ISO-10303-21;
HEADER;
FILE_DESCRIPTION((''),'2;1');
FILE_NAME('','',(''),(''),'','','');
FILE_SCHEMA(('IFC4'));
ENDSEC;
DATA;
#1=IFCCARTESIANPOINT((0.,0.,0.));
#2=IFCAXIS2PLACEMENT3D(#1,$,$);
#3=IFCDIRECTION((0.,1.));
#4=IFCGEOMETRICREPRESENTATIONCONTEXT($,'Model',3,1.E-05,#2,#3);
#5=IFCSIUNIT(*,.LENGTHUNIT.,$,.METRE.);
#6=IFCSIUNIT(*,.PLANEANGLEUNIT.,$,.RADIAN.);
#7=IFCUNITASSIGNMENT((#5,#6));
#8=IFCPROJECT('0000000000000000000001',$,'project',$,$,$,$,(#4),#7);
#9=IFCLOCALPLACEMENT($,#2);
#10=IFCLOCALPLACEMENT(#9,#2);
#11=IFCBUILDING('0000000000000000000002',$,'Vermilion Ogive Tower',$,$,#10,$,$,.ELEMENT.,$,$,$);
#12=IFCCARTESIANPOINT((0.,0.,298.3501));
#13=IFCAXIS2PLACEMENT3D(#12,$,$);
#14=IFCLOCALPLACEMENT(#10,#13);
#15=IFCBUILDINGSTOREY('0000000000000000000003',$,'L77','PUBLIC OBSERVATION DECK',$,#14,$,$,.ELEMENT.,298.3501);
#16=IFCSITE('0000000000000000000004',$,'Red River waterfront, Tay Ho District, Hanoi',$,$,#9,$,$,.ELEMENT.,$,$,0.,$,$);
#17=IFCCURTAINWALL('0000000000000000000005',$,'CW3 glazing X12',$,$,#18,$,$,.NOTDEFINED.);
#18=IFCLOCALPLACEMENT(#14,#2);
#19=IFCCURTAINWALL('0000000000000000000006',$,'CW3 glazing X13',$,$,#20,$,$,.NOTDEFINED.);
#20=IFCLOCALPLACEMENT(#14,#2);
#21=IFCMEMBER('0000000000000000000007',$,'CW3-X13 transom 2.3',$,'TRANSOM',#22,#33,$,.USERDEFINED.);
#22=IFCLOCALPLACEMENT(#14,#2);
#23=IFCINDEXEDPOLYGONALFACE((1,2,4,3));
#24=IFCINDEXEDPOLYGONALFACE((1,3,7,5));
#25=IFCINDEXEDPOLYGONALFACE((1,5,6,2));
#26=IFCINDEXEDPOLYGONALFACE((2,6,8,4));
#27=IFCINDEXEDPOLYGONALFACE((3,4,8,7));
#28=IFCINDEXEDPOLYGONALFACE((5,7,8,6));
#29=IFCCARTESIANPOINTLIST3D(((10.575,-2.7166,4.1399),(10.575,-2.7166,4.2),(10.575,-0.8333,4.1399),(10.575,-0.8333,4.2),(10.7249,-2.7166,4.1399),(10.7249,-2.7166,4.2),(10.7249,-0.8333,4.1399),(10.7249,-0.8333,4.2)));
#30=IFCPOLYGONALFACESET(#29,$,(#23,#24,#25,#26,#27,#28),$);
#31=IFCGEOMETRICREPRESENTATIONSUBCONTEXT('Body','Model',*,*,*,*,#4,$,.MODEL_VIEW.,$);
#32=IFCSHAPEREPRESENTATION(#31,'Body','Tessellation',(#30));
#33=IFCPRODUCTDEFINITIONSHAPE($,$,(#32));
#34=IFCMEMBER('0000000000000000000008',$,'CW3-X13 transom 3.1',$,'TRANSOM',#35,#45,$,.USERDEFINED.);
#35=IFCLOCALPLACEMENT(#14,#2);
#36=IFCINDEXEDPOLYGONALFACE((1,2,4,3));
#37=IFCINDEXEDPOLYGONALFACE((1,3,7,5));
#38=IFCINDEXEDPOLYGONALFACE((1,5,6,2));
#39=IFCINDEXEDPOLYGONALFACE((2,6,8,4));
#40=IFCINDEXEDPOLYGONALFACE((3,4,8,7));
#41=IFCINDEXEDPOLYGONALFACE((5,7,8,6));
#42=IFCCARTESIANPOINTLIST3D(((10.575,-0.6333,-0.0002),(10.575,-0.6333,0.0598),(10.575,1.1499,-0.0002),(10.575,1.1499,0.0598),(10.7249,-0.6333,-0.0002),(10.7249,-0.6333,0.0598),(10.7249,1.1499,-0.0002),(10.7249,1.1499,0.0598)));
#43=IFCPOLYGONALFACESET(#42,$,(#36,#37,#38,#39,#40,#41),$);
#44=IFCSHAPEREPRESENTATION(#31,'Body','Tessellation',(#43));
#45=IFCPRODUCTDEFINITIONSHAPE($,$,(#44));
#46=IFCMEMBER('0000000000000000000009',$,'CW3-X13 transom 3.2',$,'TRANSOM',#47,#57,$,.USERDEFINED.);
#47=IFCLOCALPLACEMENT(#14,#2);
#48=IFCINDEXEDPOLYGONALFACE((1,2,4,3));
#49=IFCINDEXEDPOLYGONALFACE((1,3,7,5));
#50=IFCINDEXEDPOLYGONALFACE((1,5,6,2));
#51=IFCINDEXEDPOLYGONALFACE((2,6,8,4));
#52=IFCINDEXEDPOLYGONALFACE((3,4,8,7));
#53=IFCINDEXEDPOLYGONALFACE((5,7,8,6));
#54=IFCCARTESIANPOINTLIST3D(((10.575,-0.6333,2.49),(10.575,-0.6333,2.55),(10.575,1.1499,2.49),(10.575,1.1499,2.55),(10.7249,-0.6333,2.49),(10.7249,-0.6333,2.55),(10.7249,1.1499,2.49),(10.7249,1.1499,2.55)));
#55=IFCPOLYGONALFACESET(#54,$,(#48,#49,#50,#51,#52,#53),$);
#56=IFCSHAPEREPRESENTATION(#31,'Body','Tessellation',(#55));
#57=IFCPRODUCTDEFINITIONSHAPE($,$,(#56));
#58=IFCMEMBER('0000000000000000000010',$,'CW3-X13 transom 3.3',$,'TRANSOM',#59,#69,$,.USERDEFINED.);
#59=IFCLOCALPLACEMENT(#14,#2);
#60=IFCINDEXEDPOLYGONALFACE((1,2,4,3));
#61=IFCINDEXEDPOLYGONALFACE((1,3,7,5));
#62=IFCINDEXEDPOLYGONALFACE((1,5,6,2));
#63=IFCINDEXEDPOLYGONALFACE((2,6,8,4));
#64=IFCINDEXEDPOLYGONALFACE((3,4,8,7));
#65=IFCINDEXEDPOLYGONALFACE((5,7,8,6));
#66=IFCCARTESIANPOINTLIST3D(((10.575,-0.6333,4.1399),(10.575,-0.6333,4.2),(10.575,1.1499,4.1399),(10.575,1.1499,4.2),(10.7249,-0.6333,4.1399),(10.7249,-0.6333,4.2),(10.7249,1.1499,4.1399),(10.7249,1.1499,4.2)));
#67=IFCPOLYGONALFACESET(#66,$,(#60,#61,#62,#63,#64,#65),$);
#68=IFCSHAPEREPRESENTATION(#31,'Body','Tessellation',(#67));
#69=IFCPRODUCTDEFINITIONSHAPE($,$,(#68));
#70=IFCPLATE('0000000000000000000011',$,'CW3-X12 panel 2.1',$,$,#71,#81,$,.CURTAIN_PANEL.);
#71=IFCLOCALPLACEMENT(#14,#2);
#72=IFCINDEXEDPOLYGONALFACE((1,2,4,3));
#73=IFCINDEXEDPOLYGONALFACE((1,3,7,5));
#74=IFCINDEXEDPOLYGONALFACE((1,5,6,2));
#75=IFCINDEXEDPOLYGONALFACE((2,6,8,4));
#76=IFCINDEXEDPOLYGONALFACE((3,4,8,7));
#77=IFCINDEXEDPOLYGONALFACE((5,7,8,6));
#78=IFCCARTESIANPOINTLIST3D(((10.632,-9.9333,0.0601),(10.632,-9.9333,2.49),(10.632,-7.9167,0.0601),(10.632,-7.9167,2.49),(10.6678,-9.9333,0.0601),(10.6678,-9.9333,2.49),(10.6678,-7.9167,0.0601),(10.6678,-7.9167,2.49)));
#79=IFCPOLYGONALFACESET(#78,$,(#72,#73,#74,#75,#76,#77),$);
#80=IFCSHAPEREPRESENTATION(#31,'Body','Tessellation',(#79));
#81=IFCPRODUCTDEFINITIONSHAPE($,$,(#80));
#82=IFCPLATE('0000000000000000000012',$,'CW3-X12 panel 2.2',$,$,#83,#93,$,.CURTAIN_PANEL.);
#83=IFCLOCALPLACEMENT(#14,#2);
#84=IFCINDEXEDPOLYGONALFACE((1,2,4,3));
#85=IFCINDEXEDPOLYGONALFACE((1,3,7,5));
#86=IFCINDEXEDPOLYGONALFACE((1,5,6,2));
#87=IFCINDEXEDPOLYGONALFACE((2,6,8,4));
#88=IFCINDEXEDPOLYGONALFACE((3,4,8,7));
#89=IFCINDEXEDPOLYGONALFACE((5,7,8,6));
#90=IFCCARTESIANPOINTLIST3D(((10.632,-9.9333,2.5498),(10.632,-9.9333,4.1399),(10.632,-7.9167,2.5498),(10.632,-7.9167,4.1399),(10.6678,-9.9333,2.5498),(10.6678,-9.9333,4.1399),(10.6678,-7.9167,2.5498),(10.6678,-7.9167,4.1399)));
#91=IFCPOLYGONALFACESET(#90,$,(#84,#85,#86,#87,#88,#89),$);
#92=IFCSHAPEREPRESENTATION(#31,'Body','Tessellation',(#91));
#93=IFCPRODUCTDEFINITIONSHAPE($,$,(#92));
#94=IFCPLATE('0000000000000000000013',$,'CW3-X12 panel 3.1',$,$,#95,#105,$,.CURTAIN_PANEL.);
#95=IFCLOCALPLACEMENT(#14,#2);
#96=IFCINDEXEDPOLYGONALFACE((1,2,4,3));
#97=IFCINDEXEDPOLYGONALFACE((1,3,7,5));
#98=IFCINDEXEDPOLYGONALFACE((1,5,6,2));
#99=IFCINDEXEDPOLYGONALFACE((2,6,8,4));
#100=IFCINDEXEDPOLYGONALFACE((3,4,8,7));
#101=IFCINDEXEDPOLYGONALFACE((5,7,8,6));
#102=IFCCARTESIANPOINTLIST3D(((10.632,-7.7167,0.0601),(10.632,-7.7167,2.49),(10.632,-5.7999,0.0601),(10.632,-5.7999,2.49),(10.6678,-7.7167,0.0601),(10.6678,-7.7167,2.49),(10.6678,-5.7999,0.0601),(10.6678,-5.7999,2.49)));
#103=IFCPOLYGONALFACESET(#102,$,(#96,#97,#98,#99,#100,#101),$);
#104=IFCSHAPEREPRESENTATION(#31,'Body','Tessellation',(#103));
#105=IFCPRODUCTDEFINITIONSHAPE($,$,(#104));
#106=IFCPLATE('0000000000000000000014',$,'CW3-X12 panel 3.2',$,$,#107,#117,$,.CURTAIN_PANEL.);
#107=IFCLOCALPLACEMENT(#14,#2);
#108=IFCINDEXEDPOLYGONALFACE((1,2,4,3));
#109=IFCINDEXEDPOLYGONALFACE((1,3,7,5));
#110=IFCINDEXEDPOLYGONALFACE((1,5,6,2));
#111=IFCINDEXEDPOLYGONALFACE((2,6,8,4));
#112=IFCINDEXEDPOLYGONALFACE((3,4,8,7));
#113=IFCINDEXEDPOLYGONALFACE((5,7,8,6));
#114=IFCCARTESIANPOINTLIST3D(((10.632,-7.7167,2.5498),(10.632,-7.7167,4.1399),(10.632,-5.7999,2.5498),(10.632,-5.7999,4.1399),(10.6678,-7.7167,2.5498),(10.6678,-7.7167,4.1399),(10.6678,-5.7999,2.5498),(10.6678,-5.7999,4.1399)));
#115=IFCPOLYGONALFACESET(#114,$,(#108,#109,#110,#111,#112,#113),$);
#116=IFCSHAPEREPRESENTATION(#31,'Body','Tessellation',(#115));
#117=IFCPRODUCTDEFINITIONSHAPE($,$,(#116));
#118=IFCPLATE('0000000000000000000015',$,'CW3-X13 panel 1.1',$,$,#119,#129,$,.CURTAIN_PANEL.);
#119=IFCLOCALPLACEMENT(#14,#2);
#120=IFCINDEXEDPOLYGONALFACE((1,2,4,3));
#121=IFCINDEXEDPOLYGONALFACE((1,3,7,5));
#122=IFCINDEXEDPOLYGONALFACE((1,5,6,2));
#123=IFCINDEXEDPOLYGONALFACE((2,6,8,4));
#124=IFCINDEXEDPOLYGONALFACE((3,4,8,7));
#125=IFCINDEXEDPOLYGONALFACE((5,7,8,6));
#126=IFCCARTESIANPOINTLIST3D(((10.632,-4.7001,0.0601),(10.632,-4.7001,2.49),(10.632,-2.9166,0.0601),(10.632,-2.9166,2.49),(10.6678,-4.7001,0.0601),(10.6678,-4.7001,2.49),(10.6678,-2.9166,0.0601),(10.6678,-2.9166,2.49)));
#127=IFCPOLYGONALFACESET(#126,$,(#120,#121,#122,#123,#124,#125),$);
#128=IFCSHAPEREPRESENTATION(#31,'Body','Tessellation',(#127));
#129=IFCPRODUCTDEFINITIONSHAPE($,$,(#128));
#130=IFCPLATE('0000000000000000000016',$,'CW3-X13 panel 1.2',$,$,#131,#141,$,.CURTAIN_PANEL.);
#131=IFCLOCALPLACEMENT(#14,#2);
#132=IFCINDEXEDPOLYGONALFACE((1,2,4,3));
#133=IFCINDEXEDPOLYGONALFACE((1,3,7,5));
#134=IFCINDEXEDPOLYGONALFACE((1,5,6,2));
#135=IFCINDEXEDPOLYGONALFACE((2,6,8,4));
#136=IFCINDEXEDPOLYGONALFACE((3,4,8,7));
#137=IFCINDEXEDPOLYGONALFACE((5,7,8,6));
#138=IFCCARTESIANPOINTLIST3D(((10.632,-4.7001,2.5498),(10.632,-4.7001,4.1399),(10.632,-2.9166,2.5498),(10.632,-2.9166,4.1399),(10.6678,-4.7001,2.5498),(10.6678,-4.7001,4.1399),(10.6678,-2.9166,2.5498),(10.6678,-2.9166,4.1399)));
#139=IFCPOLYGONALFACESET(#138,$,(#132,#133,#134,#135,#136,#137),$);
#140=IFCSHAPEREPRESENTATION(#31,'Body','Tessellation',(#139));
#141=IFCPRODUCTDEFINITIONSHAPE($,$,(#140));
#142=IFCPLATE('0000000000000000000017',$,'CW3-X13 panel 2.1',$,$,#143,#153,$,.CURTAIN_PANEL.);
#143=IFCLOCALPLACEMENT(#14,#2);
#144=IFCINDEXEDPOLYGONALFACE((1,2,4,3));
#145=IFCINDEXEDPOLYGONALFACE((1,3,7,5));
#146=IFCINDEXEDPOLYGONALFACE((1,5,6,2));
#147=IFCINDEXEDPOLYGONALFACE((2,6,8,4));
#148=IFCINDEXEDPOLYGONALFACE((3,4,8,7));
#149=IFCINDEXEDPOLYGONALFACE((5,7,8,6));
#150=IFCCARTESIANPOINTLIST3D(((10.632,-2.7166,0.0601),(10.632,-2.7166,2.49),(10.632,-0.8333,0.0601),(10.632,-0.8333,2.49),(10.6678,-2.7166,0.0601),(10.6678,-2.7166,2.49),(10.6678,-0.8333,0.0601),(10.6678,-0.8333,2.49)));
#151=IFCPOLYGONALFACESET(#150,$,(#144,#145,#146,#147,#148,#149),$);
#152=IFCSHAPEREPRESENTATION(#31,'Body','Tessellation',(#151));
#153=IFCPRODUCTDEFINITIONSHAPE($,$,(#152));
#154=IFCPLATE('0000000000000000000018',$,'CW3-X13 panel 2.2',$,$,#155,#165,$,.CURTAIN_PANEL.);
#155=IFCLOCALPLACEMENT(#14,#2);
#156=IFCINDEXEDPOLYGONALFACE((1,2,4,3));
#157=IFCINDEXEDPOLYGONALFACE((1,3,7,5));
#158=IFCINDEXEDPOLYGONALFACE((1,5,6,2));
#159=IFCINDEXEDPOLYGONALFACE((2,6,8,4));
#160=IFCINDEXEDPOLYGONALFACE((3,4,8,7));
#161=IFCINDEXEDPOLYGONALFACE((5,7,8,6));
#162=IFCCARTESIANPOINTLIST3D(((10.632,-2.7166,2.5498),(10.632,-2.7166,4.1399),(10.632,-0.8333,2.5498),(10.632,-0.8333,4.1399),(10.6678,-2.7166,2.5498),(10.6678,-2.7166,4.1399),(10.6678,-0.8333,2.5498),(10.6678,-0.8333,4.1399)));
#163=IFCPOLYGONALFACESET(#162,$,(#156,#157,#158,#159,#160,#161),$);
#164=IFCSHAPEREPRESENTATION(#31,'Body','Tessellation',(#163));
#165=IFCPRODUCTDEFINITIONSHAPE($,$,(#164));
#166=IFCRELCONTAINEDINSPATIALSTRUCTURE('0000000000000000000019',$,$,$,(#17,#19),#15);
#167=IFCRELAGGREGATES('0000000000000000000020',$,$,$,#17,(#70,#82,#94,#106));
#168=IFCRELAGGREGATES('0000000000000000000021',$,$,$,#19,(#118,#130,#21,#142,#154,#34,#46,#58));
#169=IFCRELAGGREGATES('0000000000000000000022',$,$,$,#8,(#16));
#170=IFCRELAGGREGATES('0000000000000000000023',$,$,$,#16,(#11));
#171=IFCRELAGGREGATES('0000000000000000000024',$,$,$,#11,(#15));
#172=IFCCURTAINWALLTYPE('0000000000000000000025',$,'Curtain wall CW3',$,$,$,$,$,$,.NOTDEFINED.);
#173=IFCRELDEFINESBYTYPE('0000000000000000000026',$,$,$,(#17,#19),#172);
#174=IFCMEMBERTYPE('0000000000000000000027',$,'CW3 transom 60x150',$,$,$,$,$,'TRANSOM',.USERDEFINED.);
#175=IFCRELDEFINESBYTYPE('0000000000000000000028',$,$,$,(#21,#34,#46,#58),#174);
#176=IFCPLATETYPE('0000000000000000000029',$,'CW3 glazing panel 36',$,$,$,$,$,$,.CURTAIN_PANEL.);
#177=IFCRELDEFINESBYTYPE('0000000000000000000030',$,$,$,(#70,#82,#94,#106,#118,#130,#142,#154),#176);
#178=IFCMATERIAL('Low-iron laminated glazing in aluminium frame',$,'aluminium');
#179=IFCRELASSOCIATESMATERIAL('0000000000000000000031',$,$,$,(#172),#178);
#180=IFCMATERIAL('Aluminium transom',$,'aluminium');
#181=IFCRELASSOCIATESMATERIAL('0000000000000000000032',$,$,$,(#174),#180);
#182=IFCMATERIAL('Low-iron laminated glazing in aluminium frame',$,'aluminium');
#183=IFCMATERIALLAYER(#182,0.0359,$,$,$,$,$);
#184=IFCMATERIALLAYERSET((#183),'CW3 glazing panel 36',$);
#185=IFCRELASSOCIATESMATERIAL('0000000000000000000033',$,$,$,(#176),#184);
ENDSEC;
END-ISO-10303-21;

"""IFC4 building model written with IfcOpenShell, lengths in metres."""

from ifc_helpers import new_model, si_unit, direction, frame, origin, origin_2d, place, context, subcontext, project, spatial, rectangle, extrude, material, layer, layer_set, material_profile, profile_set, type_object, element, aggregate, save


model = new_model("IFC4")

# Units and contexts
model_context = context("Model", 3, precision=1e-05, world=origin(), true_north=direction((0.0, 1.0)))
body_context = subcontext(model_context, "Body", "Model", "MODEL_VIEW")
ifc_project = project(units=[si_unit("LENGTHUNIT", "METRE"), si_unit("PLANEANGLEUNIT", "RADIAN")], contexts=[model_context])

# Site, building, storey
site_placement = place(None, origin())
site = spatial("IfcSite", under=ifc_project, at=site_placement, Name="Red River waterfront, Tay Ho District, Hanoi", CompositionType="ELEMENT", RefElevation=0.0)
building_placement = place(site_placement, origin())
building = spatial("IfcBuilding", under=site, at=building_placement, Name="Vermilion Ogive Tower", CompositionType="ELEMENT")
storey_placement = place(building_placement, frame((0.0, 0.0, 298.3501)))
storey = spatial("IfcBuildingStorey", under=building, at=storey_placement, Name="L77", Description="PUBLIC OBSERVATION DECK", CompositionType="ELEMENT", Elevation=298.3501)

# Curtain walls
ifc_material_1 = material(Name="Low-iron laminated glazing in aluminium frame", Category="aluminium")
curtain_wall_type = type_object("IfcCurtainWallType", Name="Curtain wall CW3", PredefinedType="NOTDEFINED", material=ifc_material_1)
curtain_wall_1_placement = place(storey_placement, origin())
curtain_wall_1 = element("IfcCurtainWall", 1, at=curtain_wall_1_placement, inside=storey, type_object=curtain_wall_type, Name="CW3 glazing X12", PredefinedType="NOTDEFINED")
curtain_wall_2_placement = place(storey_placement, origin())
curtain_wall_2 = element("IfcCurtainWall", 2, at=curtain_wall_2_placement, inside=storey, type_object=curtain_wall_type, Name="CW3 glazing X13", PredefinedType="NOTDEFINED")

# Members
ifc_material_2 = material(Name="Aluminium transom", Category="aluminium")
ifc_material_profile_1 = material_profile(ifc_material_2, rectangle(XDim=0.1499, YDim=0.0601, at=origin_2d()), Name="AL 60x150")
ifc_profile_set_1 = profile_set([ifc_material_profile_1], Name="Aluminium transom")
member_type_1 = type_object("IfcMemberType", Name="CW3 transom 60x150", ElementType="TRANSOM", PredefinedType="USERDEFINED", material=ifc_profile_set_1)
member_1_placement = place(storey_placement, frame((10.6499, -2.7166, 4.1699), z_axis=(0.0, 1.0, 0.0), x_axis=(-1.0, 0.0, 0.0)))
member_1 = element("IfcMember", 3, at=member_1_placement, type_object=member_type_1, Name="CW3-X13 transom 2.3", ObjectType="TRANSOM", PredefinedType="USERDEFINED", context=body_context, shape_type="SweptSolid", body=[
    extrude(rectangle(XDim=0.1499, YDim=0.0601, at=origin_2d()), origin(), (0.0, 0.0, 1.0), 1.8833),
])
member_2_placement = place(storey_placement, frame((10.6499, -0.6333, 0.0298), z_axis=(0.0, 1.0, 0.0), x_axis=(-1.0, 0.0, 0.0)))
member_2 = element("IfcMember", 4, at=member_2_placement, type_object=member_type_1, Name="CW3-X13 transom 3.1", ObjectType="TRANSOM", PredefinedType="USERDEFINED", context=body_context, shape_type="SweptSolid", body=[
    extrude(rectangle(XDim=0.1499, YDim=0.0601, at=origin_2d()), origin(), (0.0, 0.0, 1.0), 1.7832),
])
member_3_placement = place(storey_placement, frame((10.6499, -0.6333, 2.52), z_axis=(0.0, 1.0, 0.0), x_axis=(-1.0, 0.0, 0.0)))
member_3 = element("IfcMember", 5, at=member_3_placement, type_object=member_type_1, Name="CW3-X13 transom 3.2", ObjectType="TRANSOM", PredefinedType="USERDEFINED", context=body_context, shape_type="SweptSolid", body=[
    extrude(rectangle(XDim=0.1499, YDim=0.0601, at=origin_2d()), origin(), (0.0, 0.0, 1.0), 1.7832),
])
member_4_placement = place(storey_placement, frame((10.6499, -0.6333, 4.1699), z_axis=(0.0, 1.0, 0.0), x_axis=(-1.0, 0.0, 0.0)))
member_4 = element("IfcMember", 6, at=member_4_placement, type_object=member_type_1, Name="CW3-X13 transom 3.3", ObjectType="TRANSOM", PredefinedType="USERDEFINED", context=body_context, shape_type="SweptSolid", body=[
    extrude(rectangle(XDim=0.1499, YDim=0.0601, at=origin_2d()), origin(), (0.0, 0.0, 1.0), 1.7832),
])

# Plates
ifc_material_3 = material(Name="Low-iron laminated glazing in aluminium frame", Category="aluminium")
ifc_layer = layer(ifc_material_3, 0.0359)
ifc_layer_set = layer_set([ifc_layer], Name="CW3 glazing panel 36")
plate_type = type_object("IfcPlateType", Name="CW3 glazing panel 36", PredefinedType="CURTAIN_PANEL", material=ifc_layer_set)
plate_1_placement = place(storey_placement, frame((10.6499, -8.925, 0.0601), z_axis=(0.0, 0.0, 1.0), x_axis=(0.0, 1.0, 0.0)))
plate_1 = element("IfcPlate", 7, at=plate_1_placement, type_object=plate_type, Name="CW3-X12 panel 2.1", PredefinedType="CURTAIN_PANEL", context=body_context, shape_type="SweptSolid", body=[
    extrude(rectangle(XDim=2.0166, YDim=0.0359, at=origin_2d()), origin(), (0.0, 0.0, 1.0), 2.4299),
])
plate_2_placement = place(storey_placement, frame((10.6499, -8.925, 2.5498), z_axis=(0.0, 0.0, 1.0), x_axis=(0.0, 1.0, 0.0)))
plate_2 = element("IfcPlate", 8, at=plate_2_placement, type_object=plate_type, Name="CW3-X12 panel 2.2", PredefinedType="CURTAIN_PANEL", context=body_context, shape_type="SweptSolid", body=[
    extrude(rectangle(XDim=2.0166, YDim=0.0359, at=origin_2d()), origin(), (0.0, 0.0, 1.0), 1.5901),
])
plate_3_placement = place(storey_placement, frame((10.6499, -6.7583, 0.0601), z_axis=(0.0, 0.0, 1.0), x_axis=(0.0, 1.0, 0.0)))
plate_3 = element("IfcPlate", 9, at=plate_3_placement, type_object=plate_type, Name="CW3-X12 panel 3.1", PredefinedType="CURTAIN_PANEL", context=body_context, shape_type="SweptSolid", body=[
    extrude(rectangle(XDim=1.9167, YDim=0.0359, at=origin_2d()), origin(), (0.0, 0.0, 1.0), 2.4299),
])
plate_4_placement = place(storey_placement, frame((10.6499, -6.7583, 2.5498), z_axis=(0.0, 0.0, 1.0), x_axis=(0.0, 1.0, 0.0)))
plate_4 = element("IfcPlate", 10, at=plate_4_placement, type_object=plate_type, Name="CW3-X12 panel 3.2", PredefinedType="CURTAIN_PANEL", context=body_context, shape_type="SweptSolid", body=[
    extrude(rectangle(XDim=1.9167, YDim=0.0359, at=origin_2d()), origin(), (0.0, 0.0, 1.0), 1.5901),
])
aggregate(curtain_wall_1, [plate_1, plate_2, plate_3, plate_4])
plate_5_placement = place(storey_placement, frame((10.6499, -3.8083, 0.0601), z_axis=(0.0, 0.0, 1.0), x_axis=(0.0, 1.0, 0.0)))
plate_5 = element("IfcPlate", 11, at=plate_5_placement, type_object=plate_type, Name="CW3-X13 panel 1.1", PredefinedType="CURTAIN_PANEL", context=body_context, shape_type="SweptSolid", body=[
    extrude(rectangle(XDim=1.7834, YDim=0.0359, at=origin_2d()), origin(), (0.0, 0.0, 1.0), 2.4299),
])
plate_6_placement = place(storey_placement, frame((10.6499, -3.8083, 2.5498), z_axis=(0.0, 0.0, 1.0), x_axis=(0.0, 1.0, 0.0)))
plate_6 = element("IfcPlate", 12, at=plate_6_placement, type_object=plate_type, Name="CW3-X13 panel 1.2", PredefinedType="CURTAIN_PANEL", context=body_context, shape_type="SweptSolid", body=[
    extrude(rectangle(XDim=1.7834, YDim=0.0359, at=origin_2d()), origin(), (0.0, 0.0, 1.0), 1.5901),
])
plate_7_placement = place(storey_placement, frame((10.6499, -1.7749, 0.0601), z_axis=(0.0, 0.0, 1.0), x_axis=(0.0, 1.0, 0.0)))
plate_7 = element("IfcPlate", 13, at=plate_7_placement, type_object=plate_type, Name="CW3-X13 panel 2.1", PredefinedType="CURTAIN_PANEL", context=body_context, shape_type="SweptSolid", body=[
    extrude(rectangle(XDim=1.8833, YDim=0.0359, at=origin_2d()), origin(), (0.0, 0.0, 1.0), 2.4299),
])
plate_8_placement = place(storey_placement, frame((10.6499, -1.7749, 2.5498), z_axis=(0.0, 0.0, 1.0), x_axis=(0.0, 1.0, 0.0)))
plate_8 = element("IfcPlate", 14, at=plate_8_placement, type_object=plate_type, Name="CW3-X13 panel 2.2", PredefinedType="CURTAIN_PANEL", context=body_context, shape_type="SweptSolid", body=[
    extrude(rectangle(XDim=1.8833, YDim=0.0359, at=origin_2d()), origin(), (0.0, 0.0, 1.0), 1.5901),
])
aggregate(curtain_wall_2, [plate_5, plate_6, member_1, plate_7, plate_8, member_2, member_3, member_4])

save(model, "model.ifc")
